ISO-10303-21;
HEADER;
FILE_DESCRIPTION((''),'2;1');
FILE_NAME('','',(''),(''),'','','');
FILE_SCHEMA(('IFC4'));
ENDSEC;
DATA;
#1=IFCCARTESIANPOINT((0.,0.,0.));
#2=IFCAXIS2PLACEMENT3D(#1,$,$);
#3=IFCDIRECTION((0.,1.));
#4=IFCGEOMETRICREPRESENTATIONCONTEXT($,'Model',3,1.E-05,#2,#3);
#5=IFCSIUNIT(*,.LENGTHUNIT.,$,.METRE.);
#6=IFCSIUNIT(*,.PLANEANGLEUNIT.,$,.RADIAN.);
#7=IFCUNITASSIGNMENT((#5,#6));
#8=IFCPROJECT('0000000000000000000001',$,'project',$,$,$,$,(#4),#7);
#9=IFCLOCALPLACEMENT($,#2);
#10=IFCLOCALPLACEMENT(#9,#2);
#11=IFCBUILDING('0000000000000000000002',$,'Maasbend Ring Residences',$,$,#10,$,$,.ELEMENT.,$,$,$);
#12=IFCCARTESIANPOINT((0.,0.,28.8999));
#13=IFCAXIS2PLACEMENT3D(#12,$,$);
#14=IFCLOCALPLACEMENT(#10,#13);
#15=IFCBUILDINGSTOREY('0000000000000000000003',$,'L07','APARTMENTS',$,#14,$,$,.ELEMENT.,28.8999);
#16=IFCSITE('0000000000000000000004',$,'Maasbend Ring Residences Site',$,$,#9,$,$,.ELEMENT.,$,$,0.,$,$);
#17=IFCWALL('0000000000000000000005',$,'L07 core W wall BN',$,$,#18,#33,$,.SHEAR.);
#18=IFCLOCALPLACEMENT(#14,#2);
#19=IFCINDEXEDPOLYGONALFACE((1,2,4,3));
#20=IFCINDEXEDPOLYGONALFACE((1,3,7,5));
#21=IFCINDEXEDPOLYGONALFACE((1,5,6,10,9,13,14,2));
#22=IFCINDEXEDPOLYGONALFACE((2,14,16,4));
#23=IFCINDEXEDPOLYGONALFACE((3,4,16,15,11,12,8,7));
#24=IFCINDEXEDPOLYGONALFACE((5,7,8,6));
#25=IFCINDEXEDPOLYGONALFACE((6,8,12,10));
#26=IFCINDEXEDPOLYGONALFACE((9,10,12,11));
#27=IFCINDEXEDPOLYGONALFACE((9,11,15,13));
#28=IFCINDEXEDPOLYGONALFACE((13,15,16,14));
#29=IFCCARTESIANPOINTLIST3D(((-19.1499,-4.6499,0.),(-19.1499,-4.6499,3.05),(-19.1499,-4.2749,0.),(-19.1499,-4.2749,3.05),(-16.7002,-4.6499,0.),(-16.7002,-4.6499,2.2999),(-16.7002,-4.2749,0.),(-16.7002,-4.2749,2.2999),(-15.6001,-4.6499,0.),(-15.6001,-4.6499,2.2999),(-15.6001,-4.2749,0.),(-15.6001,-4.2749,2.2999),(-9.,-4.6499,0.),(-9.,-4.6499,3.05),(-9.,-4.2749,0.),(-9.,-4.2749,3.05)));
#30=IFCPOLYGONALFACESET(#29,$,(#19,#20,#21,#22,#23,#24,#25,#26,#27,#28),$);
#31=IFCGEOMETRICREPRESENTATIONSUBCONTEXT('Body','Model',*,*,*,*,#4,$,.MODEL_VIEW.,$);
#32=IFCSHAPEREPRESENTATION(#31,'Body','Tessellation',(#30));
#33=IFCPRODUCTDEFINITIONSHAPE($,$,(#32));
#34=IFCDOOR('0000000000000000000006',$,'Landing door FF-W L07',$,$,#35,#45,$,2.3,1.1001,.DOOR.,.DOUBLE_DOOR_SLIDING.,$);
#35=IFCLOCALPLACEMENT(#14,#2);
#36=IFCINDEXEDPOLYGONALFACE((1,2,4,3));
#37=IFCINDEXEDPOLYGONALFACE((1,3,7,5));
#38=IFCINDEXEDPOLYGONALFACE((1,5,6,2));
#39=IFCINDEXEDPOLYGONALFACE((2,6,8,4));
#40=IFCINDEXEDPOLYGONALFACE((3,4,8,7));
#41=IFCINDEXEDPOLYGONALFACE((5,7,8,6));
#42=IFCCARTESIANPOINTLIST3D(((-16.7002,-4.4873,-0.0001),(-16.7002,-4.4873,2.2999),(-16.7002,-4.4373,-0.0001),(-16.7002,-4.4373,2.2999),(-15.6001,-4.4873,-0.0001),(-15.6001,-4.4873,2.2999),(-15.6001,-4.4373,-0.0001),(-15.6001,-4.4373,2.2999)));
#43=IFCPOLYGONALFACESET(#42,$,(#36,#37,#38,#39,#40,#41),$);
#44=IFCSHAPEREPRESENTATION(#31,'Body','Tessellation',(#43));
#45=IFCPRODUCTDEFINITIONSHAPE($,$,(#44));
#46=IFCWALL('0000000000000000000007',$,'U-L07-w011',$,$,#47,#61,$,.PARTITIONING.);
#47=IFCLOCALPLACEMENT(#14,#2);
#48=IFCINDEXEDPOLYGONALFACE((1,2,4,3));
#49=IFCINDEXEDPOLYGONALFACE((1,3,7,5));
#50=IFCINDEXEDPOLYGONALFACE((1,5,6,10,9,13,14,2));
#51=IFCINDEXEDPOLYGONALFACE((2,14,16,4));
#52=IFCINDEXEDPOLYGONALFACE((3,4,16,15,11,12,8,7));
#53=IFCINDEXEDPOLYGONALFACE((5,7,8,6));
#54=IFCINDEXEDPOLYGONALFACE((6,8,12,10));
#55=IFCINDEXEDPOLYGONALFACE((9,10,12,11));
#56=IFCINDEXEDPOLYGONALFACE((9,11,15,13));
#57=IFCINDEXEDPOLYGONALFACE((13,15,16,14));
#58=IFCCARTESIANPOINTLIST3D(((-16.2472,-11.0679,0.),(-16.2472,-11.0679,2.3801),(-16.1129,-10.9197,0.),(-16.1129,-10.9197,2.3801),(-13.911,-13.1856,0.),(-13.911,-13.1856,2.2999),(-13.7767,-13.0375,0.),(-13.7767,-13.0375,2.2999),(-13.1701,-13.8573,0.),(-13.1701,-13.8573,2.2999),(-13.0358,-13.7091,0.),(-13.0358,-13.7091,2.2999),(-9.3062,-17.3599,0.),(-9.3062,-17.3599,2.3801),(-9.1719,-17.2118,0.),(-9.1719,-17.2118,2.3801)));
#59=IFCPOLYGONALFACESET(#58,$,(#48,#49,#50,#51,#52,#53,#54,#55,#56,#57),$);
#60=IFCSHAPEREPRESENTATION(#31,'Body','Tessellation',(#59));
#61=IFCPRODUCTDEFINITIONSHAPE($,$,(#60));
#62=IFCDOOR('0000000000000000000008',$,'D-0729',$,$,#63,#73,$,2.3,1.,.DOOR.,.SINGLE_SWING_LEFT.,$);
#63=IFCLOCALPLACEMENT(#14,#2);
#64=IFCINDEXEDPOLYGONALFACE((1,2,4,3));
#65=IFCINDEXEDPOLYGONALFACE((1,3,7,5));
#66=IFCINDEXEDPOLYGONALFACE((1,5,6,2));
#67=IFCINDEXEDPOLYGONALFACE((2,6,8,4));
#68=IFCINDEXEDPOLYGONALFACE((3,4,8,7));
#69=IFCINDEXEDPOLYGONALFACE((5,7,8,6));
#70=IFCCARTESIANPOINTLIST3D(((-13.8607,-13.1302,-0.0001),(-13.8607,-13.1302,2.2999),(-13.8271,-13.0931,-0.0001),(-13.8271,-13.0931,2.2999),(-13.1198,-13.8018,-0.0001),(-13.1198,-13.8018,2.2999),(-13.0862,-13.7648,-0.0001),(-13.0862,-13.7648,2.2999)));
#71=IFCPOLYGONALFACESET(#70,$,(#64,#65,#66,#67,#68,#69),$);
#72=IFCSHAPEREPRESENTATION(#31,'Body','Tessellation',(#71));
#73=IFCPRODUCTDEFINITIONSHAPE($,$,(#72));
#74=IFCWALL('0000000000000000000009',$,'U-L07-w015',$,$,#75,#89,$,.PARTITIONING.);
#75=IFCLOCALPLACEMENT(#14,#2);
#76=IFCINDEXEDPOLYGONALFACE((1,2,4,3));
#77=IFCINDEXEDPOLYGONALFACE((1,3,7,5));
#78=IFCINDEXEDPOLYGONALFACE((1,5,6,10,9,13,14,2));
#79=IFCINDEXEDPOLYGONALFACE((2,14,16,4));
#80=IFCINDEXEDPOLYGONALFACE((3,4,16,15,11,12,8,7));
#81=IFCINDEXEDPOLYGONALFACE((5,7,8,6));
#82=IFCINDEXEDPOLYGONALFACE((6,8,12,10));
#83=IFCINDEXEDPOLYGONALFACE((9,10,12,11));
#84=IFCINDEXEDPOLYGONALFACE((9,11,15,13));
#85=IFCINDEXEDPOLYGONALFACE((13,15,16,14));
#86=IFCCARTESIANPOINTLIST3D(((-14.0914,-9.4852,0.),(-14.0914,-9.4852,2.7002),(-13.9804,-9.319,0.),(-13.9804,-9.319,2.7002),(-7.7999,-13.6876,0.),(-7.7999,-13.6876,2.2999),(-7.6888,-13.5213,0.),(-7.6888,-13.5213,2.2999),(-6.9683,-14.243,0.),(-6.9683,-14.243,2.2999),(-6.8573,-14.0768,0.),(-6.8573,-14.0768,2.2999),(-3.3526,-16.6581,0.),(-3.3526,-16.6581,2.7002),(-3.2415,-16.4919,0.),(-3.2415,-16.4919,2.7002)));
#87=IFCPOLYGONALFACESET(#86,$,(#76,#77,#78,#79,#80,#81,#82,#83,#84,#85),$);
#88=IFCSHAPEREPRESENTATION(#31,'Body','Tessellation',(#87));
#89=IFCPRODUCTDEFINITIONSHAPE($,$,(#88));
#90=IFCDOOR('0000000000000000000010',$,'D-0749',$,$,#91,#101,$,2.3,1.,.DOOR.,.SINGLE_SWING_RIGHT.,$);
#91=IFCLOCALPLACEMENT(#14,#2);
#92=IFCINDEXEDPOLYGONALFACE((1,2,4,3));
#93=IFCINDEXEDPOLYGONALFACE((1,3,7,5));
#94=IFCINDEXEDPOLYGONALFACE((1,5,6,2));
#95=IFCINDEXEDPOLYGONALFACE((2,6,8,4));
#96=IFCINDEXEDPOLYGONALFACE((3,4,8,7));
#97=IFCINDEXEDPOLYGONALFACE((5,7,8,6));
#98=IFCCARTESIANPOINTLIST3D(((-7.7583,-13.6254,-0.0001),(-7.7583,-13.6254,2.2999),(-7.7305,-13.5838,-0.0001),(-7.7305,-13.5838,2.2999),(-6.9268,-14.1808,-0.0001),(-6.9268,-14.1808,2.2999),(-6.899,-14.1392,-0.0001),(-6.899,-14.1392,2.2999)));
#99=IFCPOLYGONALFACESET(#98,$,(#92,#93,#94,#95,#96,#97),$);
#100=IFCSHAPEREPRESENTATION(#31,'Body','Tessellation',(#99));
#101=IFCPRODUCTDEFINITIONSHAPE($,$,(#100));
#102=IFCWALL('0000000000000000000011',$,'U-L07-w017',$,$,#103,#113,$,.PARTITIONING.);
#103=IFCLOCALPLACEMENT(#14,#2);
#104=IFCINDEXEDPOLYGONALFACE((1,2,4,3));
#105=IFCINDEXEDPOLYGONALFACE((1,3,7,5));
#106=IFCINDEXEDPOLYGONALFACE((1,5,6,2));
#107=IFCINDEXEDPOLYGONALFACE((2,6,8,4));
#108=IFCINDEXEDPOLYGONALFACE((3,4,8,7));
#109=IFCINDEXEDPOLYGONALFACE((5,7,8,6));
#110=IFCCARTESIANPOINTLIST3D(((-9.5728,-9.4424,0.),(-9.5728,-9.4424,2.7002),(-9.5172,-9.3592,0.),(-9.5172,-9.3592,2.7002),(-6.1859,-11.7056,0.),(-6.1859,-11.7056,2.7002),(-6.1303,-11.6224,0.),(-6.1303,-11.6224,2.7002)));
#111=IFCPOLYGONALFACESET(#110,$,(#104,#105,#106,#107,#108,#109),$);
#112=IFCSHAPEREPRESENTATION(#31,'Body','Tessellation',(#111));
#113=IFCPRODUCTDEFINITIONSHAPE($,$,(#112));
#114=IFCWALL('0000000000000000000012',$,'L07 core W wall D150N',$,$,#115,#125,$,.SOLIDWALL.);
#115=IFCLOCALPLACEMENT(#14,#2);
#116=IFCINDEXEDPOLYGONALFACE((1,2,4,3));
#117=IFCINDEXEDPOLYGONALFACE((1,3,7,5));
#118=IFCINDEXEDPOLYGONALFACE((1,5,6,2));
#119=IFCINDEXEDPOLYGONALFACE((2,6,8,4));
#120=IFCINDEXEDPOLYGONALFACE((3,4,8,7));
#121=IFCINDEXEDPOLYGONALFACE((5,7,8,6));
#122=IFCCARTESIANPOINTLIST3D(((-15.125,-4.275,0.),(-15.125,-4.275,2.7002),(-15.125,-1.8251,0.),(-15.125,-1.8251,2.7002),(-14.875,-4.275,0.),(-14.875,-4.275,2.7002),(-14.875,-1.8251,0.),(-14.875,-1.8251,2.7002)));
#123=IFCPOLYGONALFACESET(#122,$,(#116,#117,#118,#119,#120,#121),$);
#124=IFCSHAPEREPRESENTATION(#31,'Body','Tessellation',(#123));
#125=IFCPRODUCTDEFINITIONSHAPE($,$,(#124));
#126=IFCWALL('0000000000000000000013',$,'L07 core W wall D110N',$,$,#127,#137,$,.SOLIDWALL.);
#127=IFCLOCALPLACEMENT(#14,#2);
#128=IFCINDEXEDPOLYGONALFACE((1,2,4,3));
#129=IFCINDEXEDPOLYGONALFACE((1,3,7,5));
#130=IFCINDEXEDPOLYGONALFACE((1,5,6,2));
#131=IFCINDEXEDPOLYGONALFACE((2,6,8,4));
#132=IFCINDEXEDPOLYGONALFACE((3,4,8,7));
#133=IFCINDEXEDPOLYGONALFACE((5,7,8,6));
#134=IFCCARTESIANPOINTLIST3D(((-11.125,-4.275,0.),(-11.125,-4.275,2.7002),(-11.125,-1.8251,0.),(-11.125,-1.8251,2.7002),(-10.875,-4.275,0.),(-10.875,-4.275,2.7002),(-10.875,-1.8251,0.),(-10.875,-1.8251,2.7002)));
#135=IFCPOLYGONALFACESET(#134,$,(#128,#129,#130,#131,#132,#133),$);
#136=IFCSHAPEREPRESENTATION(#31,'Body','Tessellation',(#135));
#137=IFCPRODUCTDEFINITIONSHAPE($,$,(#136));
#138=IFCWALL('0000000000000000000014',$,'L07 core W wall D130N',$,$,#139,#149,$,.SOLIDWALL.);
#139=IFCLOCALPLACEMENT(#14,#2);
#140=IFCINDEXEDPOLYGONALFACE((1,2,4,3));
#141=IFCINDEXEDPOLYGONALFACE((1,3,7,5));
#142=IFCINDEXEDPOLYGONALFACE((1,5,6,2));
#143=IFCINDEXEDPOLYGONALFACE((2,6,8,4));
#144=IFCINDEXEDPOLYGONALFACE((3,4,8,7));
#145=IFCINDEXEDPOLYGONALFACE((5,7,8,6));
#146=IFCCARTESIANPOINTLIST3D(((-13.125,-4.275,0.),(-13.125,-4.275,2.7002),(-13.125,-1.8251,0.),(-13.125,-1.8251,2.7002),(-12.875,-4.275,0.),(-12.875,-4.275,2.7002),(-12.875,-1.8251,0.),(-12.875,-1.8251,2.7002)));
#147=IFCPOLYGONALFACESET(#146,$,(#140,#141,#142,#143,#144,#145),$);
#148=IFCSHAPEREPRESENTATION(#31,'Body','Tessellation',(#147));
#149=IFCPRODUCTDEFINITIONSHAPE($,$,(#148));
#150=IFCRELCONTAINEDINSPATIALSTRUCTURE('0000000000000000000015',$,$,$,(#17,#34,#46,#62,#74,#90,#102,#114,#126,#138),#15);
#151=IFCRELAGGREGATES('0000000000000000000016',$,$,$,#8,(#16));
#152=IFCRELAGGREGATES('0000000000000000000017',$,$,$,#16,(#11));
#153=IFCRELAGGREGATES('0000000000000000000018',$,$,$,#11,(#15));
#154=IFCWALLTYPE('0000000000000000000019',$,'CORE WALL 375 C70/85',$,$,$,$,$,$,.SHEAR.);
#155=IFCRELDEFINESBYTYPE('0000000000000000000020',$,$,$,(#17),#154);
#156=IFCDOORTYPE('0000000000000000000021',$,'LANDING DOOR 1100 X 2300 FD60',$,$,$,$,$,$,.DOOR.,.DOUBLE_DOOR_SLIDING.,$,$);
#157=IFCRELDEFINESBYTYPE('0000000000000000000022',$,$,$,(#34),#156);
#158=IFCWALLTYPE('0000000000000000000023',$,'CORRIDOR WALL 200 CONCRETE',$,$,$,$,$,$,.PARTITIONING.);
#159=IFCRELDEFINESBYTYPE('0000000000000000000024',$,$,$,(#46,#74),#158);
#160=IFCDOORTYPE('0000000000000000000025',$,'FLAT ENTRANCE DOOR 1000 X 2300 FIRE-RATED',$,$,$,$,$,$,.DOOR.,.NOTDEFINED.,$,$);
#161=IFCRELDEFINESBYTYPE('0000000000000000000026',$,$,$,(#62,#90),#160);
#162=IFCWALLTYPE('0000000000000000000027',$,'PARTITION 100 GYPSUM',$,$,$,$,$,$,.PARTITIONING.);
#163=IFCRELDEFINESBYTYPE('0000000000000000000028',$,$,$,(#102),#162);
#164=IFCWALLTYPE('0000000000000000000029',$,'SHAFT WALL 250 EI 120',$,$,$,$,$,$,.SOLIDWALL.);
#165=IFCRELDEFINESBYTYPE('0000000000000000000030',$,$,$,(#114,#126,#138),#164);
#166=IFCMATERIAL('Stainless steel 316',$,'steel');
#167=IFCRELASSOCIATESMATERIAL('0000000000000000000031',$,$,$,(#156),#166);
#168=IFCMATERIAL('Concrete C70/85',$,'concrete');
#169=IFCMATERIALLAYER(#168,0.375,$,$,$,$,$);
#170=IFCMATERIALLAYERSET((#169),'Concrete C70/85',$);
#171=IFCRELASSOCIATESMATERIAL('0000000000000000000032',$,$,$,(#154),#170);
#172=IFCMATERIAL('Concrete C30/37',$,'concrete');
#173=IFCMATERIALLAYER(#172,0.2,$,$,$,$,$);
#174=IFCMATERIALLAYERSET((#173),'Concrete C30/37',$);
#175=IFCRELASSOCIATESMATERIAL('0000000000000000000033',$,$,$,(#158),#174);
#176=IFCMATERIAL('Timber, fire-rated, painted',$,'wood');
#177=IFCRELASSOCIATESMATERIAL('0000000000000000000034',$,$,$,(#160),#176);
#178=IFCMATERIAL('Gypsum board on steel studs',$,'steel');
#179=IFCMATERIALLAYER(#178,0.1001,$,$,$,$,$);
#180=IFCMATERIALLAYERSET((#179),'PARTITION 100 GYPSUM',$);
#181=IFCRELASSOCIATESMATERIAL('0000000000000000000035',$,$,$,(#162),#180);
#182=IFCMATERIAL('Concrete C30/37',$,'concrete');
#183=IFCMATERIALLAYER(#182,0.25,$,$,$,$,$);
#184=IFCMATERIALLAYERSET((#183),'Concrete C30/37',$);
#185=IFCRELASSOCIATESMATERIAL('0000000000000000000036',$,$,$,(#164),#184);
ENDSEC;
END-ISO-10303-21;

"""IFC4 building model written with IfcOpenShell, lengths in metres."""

from ifc_helpers import new_model, si_unit, direction, frame, frame_2d, origin, place, context, subcontext, project, spatial, rectangle, extrude, material, layer, layer_set, type_object, element, fill, save


model = new_model("IFC4")

# Units and contexts
model_context = context("Model", 3, precision=1e-05, world=origin(), true_north=direction((0.0, 1.0)))
body_context = subcontext(model_context, "Body", "Model", "MODEL_VIEW")
ifc_project = project(units=[si_unit("LENGTHUNIT", "METRE"), si_unit("PLANEANGLEUNIT", "RADIAN")], contexts=[model_context])

# Site, building, storey
site_placement = place(None, origin())
site = spatial("IfcSite", under=ifc_project, at=site_placement, Name="Maasbend Ring Residences Site", CompositionType="ELEMENT", RefElevation=0.0)
building_placement = place(site_placement, origin())
building = spatial("IfcBuilding", under=site, at=building_placement, Name="Maasbend Ring Residences", CompositionType="ELEMENT")
storey_placement = place(building_placement, frame((0.0, 0.0, 28.8999)))
storey = spatial("IfcBuildingStorey", under=building, at=storey_placement, Name="L07", Description="APARTMENTS", CompositionType="ELEMENT", Elevation=28.8999)

# Shared definitions
ifc_material_1 = material(Name="Stainless steel 316", Category="steel")
door_type_1 = type_object("IfcDoorType", Name="LANDING DOOR 1100 X 2300 FD60", OperationType="DOUBLE_DOOR_SLIDING", PredefinedType="DOOR", material=ifc_material_1)

# Walls, openings, doors
ifc_material_2 = material(Name="Concrete C70/85", Category="concrete")
ifc_layer_1 = layer(ifc_material_2, 0.375)
ifc_layer_set_1 = layer_set([ifc_layer_1], Name="Concrete C70/85")
wall_type_1 = type_object("IfcWallType", Name="CORE WALL 375 C70/85", PredefinedType="SHEAR", material=ifc_layer_set_1)
wall_1_placement = place(storey_placement, frame((-9.0, -4.4624, 0.0), z_axis=(0.0, 0.0, 1.0), x_axis=(-1.0, 0.0, 0.0)))
wall_1 = element("IfcWall", 1, at=wall_1_placement, inside=storey, type_object=wall_type_1, Name="L07 core W wall BN", PredefinedType="SHEAR", context=body_context, shape_type="SweptSolid", body=[
    extrude(rectangle(XDim=10.1499, YDim=0.375, at=frame_2d((5.075, 0.0))), origin(), (0.0, 0.0, 1.0), 3.05),
])
opening_1_placement = place(wall_1_placement, frame((6.6001, 0.0, 0.0)))
opening_1 = element("IfcOpeningElement", 2, at=opening_1_placement, cuts=wall_1, PredefinedType="OPENING", context=body_context, shape_type="SweptSolid", body=[
    extrude(rectangle(XDim=1.1001, YDim=2.3, at=frame_2d((0.55, 1.1499))), frame((0.0, 0.1975, 0.0), z_axis=(0.0, -1.0, 0.0), x_axis=(1.0, 0.0, 0.0)), (0.0, 0.0, 1.0), 0.395),
])
door_1_placement = place(opening_1_placement, origin())
door_1 = element("IfcDoor", 3, at=door_1_placement, inside=storey, type_object=door_type_1, Name="Landing door FF-W L07", OperationType="DOUBLE_DOOR_SLIDING", OverallHeight=2.3, OverallWidth=1.1001, PredefinedType="DOOR", context=body_context, shape_type="SweptSolid", body=[
    extrude(rectangle(XDim=1.1001, YDim=2.3, at=frame_2d((0.55, 1.1499))), frame((0.0, 0.0249, 0.0), z_axis=(0.0, -1.0, 0.0), x_axis=(1.0, 0.0, 0.0)), (0.0, 0.0, 1.0), 0.05),
])
fill(opening_1, door_1)
ifc_material_3 = material(Name="Concrete C30/37", Category="concrete")
ifc_layer_2 = layer(ifc_material_3, 0.2)
ifc_layer_set_2 = layer_set([ifc_layer_2], Name="Concrete C30/37")
wall_type_2 = type_object("IfcWallType", Name="CORRIDOR WALL 200 CONCRETE", PredefinedType="PARTITIONING", material=ifc_layer_set_2)
wall_2_placement = place(storey_placement, frame((-16.1799, -10.9939, 0.0), z_axis=(0.0, 0.0, 1.0), x_axis=(0.740892, -0.671624, 0.0)))
wall_2 = element("IfcWall", 4, at=wall_2_placement, inside=storey, type_object=wall_type_2, Name="U-L07-w011", PredefinedType="PARTITIONING", context=body_context, shape_type="SweptSolid", body=[
    extrude(rectangle(XDim=9.3684, YDim=0.2, at=frame_2d((4.6841, 0.0))), origin(), (0.0, 0.0, 1.0), 2.3801),
])
opening_2_placement = place(wall_2_placement, frame((3.1531, 0.0, 0.0)))
opening_2 = element("IfcOpeningElement", 5, at=opening_2_placement, cuts=wall_2, PredefinedType="OPENING", context=body_context, shape_type="SweptSolid", body=[
    extrude(rectangle(XDim=1.0, YDim=2.3, at=frame_2d((0.5, 1.1499))), frame((0.0, 0.1099, 0.0), z_axis=(0.0, -1.0, 0.0), x_axis=(1.0, 0.0, 0.0)), (0.0, 0.0, 1.0), 0.22),
])
ifc_material_4 = material(Name="Timber, fire-rated, painted", Category="wood")
door_type_2 = type_object("IfcDoorType", Name="FLAT ENTRANCE DOOR 1000 X 2300 FIRE-RATED", OperationType="NOTDEFINED", PredefinedType="DOOR", material=ifc_material_4)
door_2_placement = place(opening_2_placement, origin())
door_2 = element("IfcDoor", 6, at=door_2_placement, inside=storey, type_object=door_type_2, Name="D-0729", OperationType="SINGLE_SWING_LEFT", OverallHeight=2.3, OverallWidth=1.0, PredefinedType="DOOR", context=body_context, shape_type="SweptSolid", body=[
    extrude(rectangle(XDim=1.0, YDim=2.3, at=frame_2d((0.5, 1.1499))), frame((0.0, 0.0249, 0.0), z_axis=(0.0, -1.0, 0.0), x_axis=(1.0, 0.0, 0.0)), (0.0, 0.0, 1.0), 0.05),
])
fill(opening_2, door_2)
wall_3_placement = place(storey_placement, frame((-14.0359, -9.4021, 0.0), z_axis=(0.0, 0.0, 1.0), x_axis=(0.831561, -0.555433, 0.0)))
wall_3 = element("IfcWall", 7, at=wall_3_placement, inside=storey, type_object=wall_type_2, Name="U-L07-w015", PredefinedType="PARTITIONING", context=body_context, shape_type="SweptSolid", body=[
    extrude(rectangle(XDim=12.9141, YDim=0.2, at=frame_2d((6.457, 0.0))), origin(), (0.0, 0.0, 1.0), 2.7002),
])
opening_3_placement = place(wall_3_placement, frame((7.5659, 0.0, 0.0)))
opening_3 = element("IfcOpeningElement", 8, at=opening_3_placement, cuts=wall_3, PredefinedType="OPENING", context=body_context, shape_type="SweptSolid", body=[
    extrude(rectangle(XDim=1.0, YDim=2.3, at=frame_2d((0.5, 1.1499))), frame((0.0, 0.1099, 0.0), z_axis=(0.0, -1.0, 0.0), x_axis=(1.0, 0.0, 0.0)), (0.0, 0.0, 1.0), 0.22),
])
door_3_placement = place(opening_3_placement, origin())
door_3 = element("IfcDoor", 9, at=door_3_placement, inside=storey, type_object=door_type_2, Name="D-0749", OperationType="SINGLE_SWING_RIGHT", OverallHeight=2.3, OverallWidth=1.0, PredefinedType="DOOR", context=body_context, shape_type="SweptSolid", body=[
    extrude(rectangle(XDim=1.0, YDim=2.3, at=frame_2d((0.5, 1.1499))), frame((0.0, 0.0249, 0.0), z_axis=(0.0, -1.0, 0.0), x_axis=(1.0, 0.0, 0.0)), (0.0, 0.0, 1.0), 0.05),
])
fill(opening_3, door_3)

# Walls
ifc_material_5 = material(Name="Gypsum board on steel studs", Category="steel")
ifc_layer_3 = layer(ifc_material_5, 0.1001)
ifc_layer_set_3 = layer_set([ifc_layer_3], Name="PARTITION 100 GYPSUM")
wall_type_3 = type_object("IfcWallType", Name="PARTITION 100 GYPSUM", PredefinedType="PARTITIONING", material=ifc_layer_set_3)
wall_4_placement = place(storey_placement, frame((-9.5449, -9.4009, 0.0), z_axis=(0.0, 0.0, 1.0), x_axis=(0.83146, -0.555585, 0.0)))
element("IfcWall", 10, at=wall_4_placement, inside=storey, type_object=wall_type_3, Name="U-L07-w017", PredefinedType="PARTITIONING", context=body_context, shape_type="SweptSolid", body=[
    extrude(rectangle(XDim=4.0735, YDim=0.1001, at=frame_2d((2.0366, 0.0))), origin(), (0.0, 0.0, 1.0), 2.7002),
])
ifc_material_6 = material(Name="Concrete C30/37", Category="concrete")
ifc_layer_4 = layer(ifc_material_6, 0.25)
ifc_layer_set_4 = layer_set([ifc_layer_4], Name="Concrete C30/37")
wall_type_4 = type_object("IfcWallType", Name="SHAFT WALL 250 EI 120", PredefinedType="SOLIDWALL", material=ifc_layer_set_4)
for number, where, z_axis, x_axis, name in (
    (11, (-15.0, -1.825, 0.0), (0.0, 0.0, 1.0), (0.0, -1.0, 0.0), "L07 core W wall D150N"),
    (12, (-11.0, -1.825, 0.0), (0.0, 0.0, 1.0), (0.0, -1.0, 0.0), "L07 core W wall D110N"),
    (13, (-13.0, -1.825, 0.0), (0.0, 0.0, 1.0), (0.0, -1.0, 0.0), "L07 core W wall D130N"),
):
    element("IfcWall", number, at=place(storey_placement, frame(where, z_axis=z_axis, x_axis=x_axis)), inside=storey, type_object=wall_type_4, Name=name, PredefinedType="SOLIDWALL", context=body_context, shape_type="SweptSolid", body=[
        extrude(rectangle(XDim=2.45, YDim=0.25, at=frame_2d((1.2251, 0.0))), origin(), (0.0, 0.0, 1.0), 2.7002),
    ])

save(model, "model.ifc")
